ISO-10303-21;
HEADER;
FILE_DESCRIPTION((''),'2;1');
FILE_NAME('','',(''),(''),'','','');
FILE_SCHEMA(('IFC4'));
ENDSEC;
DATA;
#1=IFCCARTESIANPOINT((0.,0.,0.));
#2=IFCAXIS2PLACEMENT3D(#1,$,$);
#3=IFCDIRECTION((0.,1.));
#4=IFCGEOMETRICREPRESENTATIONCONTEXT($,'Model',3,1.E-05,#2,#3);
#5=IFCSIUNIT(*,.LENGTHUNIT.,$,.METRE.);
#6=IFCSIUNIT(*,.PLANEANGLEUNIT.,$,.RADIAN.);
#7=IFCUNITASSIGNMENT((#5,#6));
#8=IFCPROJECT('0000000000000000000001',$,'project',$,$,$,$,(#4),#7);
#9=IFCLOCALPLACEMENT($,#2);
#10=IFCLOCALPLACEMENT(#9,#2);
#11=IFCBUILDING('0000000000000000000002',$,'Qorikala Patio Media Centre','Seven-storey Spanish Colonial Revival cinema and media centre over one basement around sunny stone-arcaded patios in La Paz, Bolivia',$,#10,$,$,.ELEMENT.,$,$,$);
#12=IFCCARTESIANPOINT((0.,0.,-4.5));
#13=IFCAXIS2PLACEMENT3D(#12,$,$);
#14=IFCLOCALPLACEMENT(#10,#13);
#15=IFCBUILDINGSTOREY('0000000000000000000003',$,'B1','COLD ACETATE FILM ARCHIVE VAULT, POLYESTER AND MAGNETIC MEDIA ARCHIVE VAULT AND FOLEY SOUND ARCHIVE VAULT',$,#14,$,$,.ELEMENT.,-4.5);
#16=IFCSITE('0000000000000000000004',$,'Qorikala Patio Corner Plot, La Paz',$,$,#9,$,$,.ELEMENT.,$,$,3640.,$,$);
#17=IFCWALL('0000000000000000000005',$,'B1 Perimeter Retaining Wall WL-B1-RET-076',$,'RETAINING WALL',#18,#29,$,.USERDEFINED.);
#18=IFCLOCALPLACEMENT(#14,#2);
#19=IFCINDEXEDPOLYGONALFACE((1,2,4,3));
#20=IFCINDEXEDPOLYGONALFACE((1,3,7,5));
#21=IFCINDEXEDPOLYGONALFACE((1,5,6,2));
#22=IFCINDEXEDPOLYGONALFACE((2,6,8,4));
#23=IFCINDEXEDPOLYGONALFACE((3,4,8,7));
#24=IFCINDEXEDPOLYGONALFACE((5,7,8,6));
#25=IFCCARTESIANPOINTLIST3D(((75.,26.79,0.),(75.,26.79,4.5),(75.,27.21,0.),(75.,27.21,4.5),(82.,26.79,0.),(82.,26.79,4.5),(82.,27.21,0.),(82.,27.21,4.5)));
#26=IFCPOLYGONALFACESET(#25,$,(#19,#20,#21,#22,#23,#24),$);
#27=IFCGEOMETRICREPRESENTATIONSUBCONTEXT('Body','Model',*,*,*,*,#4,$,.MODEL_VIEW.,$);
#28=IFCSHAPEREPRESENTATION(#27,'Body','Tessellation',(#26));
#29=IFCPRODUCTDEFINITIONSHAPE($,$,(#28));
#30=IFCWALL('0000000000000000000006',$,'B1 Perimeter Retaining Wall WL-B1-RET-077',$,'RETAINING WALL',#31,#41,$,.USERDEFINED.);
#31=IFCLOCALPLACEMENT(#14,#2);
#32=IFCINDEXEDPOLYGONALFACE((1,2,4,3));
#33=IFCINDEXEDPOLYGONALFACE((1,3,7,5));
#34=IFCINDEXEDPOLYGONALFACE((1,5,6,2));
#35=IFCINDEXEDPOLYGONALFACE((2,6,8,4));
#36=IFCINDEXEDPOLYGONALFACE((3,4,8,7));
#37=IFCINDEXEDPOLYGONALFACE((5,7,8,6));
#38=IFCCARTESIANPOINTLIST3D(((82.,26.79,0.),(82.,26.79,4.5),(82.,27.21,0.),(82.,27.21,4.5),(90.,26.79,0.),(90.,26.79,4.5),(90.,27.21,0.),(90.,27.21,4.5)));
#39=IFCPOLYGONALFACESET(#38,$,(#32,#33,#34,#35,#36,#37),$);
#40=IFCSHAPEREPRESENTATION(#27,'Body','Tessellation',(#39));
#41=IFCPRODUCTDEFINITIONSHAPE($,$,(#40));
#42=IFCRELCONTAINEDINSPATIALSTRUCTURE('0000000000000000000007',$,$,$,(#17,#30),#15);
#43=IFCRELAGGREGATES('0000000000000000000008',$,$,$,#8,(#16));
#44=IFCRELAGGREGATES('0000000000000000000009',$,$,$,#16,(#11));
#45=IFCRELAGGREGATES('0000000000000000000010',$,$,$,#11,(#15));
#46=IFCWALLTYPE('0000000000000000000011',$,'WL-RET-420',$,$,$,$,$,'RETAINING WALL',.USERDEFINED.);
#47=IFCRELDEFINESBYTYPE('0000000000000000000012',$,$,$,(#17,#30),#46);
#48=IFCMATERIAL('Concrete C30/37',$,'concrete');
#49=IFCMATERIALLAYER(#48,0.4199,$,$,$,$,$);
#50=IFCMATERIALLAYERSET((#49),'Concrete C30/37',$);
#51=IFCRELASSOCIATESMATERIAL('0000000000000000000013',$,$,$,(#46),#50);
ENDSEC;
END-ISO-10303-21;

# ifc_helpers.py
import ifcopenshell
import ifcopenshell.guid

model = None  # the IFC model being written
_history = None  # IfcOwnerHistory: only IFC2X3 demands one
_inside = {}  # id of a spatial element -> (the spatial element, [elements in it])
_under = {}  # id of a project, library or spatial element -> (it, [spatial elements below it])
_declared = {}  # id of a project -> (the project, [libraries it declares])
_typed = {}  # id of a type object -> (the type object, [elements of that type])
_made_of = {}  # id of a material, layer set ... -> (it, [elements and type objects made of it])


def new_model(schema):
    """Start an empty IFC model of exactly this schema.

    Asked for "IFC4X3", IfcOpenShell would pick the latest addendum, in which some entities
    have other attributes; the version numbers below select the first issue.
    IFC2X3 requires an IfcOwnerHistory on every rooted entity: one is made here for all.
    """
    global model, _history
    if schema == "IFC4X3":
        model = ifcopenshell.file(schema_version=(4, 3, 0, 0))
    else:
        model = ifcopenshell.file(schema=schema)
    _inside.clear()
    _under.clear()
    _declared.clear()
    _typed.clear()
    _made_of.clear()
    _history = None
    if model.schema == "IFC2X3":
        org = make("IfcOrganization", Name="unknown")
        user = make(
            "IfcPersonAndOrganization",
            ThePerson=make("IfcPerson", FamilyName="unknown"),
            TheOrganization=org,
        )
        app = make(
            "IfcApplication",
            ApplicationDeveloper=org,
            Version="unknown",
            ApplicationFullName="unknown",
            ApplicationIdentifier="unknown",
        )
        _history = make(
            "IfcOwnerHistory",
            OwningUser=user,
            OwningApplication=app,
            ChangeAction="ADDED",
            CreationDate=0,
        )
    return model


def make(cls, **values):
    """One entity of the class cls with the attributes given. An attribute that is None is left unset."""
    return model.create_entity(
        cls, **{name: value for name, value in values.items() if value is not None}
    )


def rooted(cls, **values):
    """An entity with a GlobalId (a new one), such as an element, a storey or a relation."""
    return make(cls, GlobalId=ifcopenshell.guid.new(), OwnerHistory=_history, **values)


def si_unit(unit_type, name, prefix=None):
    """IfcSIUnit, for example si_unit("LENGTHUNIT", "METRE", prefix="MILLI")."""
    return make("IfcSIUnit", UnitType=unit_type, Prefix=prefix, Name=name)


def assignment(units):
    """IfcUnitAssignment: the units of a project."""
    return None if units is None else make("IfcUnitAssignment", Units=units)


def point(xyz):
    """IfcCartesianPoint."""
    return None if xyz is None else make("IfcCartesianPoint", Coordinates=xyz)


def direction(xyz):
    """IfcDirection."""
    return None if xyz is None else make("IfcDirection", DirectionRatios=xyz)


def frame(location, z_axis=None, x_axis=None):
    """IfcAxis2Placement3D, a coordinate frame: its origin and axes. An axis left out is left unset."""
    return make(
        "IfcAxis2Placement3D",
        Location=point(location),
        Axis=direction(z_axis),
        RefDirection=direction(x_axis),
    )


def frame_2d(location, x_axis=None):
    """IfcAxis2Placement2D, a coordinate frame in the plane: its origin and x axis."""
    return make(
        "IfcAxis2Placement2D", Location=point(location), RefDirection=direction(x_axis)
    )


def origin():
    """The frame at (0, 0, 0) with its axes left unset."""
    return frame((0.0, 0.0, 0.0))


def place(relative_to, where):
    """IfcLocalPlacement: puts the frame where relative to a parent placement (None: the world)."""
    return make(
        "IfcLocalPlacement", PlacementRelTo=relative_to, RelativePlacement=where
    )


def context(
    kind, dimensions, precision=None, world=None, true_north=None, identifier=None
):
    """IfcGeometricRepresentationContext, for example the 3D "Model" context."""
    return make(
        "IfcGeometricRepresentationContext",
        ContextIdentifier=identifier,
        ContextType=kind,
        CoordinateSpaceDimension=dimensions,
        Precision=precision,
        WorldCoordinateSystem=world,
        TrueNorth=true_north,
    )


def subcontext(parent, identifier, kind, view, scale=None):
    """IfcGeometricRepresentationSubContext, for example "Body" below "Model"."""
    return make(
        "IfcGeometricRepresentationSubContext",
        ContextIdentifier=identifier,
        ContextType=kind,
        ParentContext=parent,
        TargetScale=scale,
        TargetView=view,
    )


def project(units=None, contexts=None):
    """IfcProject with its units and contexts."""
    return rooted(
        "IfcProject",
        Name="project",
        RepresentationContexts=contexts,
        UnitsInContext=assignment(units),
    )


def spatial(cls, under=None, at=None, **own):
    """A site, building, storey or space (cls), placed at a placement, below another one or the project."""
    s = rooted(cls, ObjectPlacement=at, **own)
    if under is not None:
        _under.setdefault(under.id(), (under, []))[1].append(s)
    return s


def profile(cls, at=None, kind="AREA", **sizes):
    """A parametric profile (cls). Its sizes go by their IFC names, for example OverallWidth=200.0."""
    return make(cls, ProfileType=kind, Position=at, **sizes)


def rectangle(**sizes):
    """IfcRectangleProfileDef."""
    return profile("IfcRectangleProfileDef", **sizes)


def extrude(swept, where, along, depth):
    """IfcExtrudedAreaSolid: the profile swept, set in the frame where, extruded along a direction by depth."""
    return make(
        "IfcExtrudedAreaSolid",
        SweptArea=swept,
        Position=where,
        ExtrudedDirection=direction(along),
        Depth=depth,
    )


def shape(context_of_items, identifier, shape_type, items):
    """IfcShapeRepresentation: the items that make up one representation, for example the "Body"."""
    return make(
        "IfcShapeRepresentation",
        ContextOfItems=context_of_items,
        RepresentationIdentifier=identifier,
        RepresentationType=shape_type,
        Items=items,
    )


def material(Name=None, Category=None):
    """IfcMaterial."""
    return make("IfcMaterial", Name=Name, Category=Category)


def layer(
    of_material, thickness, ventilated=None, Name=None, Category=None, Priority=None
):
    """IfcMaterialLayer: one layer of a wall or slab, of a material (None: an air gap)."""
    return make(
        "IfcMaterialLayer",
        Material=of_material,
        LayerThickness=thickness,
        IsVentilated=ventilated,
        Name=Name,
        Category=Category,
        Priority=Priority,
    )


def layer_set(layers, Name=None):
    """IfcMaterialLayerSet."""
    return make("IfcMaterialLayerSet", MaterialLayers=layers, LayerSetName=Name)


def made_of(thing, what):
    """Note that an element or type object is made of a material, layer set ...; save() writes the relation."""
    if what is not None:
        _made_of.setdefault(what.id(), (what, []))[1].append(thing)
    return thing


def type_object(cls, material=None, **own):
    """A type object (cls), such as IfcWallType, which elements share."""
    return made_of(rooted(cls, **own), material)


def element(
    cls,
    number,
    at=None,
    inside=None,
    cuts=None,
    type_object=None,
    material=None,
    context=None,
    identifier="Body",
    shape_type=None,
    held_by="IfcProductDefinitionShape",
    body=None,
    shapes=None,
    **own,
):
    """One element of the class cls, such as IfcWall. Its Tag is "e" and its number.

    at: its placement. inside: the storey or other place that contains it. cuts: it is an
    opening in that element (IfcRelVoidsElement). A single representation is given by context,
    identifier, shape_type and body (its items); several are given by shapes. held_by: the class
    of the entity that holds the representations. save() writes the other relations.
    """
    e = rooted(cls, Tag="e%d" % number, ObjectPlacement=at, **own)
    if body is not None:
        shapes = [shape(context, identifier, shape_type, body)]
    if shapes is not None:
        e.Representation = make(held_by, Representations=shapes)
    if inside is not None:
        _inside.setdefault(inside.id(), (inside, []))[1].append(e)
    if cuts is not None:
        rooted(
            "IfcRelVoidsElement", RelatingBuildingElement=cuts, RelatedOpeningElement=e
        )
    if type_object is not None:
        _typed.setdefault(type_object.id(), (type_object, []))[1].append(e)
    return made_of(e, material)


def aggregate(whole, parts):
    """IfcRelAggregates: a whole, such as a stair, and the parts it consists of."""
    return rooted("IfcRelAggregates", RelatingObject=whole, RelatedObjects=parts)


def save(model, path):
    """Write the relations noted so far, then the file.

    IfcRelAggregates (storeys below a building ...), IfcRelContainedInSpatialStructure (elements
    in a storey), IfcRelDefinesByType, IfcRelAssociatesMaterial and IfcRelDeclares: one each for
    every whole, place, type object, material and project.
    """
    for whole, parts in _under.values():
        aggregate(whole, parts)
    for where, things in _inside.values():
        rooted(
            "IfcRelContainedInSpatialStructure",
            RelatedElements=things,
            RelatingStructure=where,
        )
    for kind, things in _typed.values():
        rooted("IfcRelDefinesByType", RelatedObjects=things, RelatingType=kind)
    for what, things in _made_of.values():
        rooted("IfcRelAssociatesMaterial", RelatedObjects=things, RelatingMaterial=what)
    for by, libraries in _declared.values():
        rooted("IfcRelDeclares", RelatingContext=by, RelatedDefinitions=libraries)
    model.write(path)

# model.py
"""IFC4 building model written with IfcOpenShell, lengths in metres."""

from ifc_helpers import new_model, si_unit, direction, frame, frame_2d, origin, place, context, subcontext, project, spatial, rectangle, extrude, material, layer, layer_set, type_object, element, save


model = new_model("IFC4")

# Units and contexts
model_context = context("Model", 3, precision=1e-05, world=origin(), true_north=direction((0.0, 1.0)))
body_context = subcontext(model_context, "Body", "Model", "MODEL_VIEW")
ifc_project = project(units=[si_unit("LENGTHUNIT", "METRE"), si_unit("PLANEANGLEUNIT", "RADIAN")], contexts=[model_context])

# Site, building, storey
site_placement = place(None, origin())
site = spatial("IfcSite", under=ifc_project, at=site_placement, Name="Qorikala Patio Corner Plot, La Paz", CompositionType="ELEMENT", RefElevation=3640.0)
building_placement = place(site_placement, origin())
building = spatial("IfcBuilding", under=site, at=building_placement, Name="Qorikala Patio Media Centre", Description="Seven-storey Spanish Colonial Revival cinema and media centre over one basement around sunny stone-arcaded patios in La Paz, Bolivia", CompositionType="ELEMENT")
storey_placement = place(building_placement, frame((0.0, 0.0, -4.5)))
storey = spatial("IfcBuildingStorey", under=building, at=storey_placement, Name="B1", Description="COLD ACETATE FILM ARCHIVE VAULT, POLYESTER AND MAGNETIC MEDIA ARCHIVE VAULT AND FOLEY SOUND ARCHIVE VAULT", CompositionType="ELEMENT", Elevation=-4.5)

# Shared definitions
ifc_material_1 = material(Name="Concrete C30/37", Category="concrete")

# Walls
ifc_layer_1 = layer(ifc_material_1, 0.4199)
ifc_layer_set_1 = layer_set([ifc_layer_1], Name="Concrete C30/37")
wall_type = type_object("IfcWallType", Name="WL-RET-420", ElementType="RETAINING WALL", PredefinedType="USERDEFINED", material=ifc_layer_set_1)
wall_1_placement = place(storey_placement, frame((75.0, 27.0, 0.0), z_axis=(0.0, 0.0, 1.0), x_axis=(1.0, 0.0, 0.0)))
element("IfcWall", 1, at=wall_1_placement, inside=storey, type_object=wall_type, Name="B1 Perimeter Retaining Wall WL-B1-RET-076", ObjectType="RETAINING WALL", PredefinedType="USERDEFINED", context=body_context, shape_type="SweptSolid", body=[
    extrude(rectangle(XDim=7.0, YDim=0.4199, at=frame_2d((3.5, 0.0))), origin(), (0.0, 0.0, 1.0), 4.5),
])
wall_2_placement = place(storey_placement, frame((82.0, 27.0, 0.0), z_axis=(0.0, 0.0, 1.0), x_axis=(1.0, 0.0, 0.0)))
element("IfcWall", 2, at=wall_2_placement, inside=storey, type_object=wall_type, Name="B1 Perimeter Retaining Wall WL-B1-RET-077", ObjectType="RETAINING WALL", PredefinedType="USERDEFINED", context=body_context, shape_type="SweptSolid", body=[
    extrude(rectangle(XDim=8.0, YDim=0.4199, at=frame_2d((4.0, 0.0))), origin(), (0.0, 0.0, 1.0), 4.5),
])

save(model, "model.ifc")
